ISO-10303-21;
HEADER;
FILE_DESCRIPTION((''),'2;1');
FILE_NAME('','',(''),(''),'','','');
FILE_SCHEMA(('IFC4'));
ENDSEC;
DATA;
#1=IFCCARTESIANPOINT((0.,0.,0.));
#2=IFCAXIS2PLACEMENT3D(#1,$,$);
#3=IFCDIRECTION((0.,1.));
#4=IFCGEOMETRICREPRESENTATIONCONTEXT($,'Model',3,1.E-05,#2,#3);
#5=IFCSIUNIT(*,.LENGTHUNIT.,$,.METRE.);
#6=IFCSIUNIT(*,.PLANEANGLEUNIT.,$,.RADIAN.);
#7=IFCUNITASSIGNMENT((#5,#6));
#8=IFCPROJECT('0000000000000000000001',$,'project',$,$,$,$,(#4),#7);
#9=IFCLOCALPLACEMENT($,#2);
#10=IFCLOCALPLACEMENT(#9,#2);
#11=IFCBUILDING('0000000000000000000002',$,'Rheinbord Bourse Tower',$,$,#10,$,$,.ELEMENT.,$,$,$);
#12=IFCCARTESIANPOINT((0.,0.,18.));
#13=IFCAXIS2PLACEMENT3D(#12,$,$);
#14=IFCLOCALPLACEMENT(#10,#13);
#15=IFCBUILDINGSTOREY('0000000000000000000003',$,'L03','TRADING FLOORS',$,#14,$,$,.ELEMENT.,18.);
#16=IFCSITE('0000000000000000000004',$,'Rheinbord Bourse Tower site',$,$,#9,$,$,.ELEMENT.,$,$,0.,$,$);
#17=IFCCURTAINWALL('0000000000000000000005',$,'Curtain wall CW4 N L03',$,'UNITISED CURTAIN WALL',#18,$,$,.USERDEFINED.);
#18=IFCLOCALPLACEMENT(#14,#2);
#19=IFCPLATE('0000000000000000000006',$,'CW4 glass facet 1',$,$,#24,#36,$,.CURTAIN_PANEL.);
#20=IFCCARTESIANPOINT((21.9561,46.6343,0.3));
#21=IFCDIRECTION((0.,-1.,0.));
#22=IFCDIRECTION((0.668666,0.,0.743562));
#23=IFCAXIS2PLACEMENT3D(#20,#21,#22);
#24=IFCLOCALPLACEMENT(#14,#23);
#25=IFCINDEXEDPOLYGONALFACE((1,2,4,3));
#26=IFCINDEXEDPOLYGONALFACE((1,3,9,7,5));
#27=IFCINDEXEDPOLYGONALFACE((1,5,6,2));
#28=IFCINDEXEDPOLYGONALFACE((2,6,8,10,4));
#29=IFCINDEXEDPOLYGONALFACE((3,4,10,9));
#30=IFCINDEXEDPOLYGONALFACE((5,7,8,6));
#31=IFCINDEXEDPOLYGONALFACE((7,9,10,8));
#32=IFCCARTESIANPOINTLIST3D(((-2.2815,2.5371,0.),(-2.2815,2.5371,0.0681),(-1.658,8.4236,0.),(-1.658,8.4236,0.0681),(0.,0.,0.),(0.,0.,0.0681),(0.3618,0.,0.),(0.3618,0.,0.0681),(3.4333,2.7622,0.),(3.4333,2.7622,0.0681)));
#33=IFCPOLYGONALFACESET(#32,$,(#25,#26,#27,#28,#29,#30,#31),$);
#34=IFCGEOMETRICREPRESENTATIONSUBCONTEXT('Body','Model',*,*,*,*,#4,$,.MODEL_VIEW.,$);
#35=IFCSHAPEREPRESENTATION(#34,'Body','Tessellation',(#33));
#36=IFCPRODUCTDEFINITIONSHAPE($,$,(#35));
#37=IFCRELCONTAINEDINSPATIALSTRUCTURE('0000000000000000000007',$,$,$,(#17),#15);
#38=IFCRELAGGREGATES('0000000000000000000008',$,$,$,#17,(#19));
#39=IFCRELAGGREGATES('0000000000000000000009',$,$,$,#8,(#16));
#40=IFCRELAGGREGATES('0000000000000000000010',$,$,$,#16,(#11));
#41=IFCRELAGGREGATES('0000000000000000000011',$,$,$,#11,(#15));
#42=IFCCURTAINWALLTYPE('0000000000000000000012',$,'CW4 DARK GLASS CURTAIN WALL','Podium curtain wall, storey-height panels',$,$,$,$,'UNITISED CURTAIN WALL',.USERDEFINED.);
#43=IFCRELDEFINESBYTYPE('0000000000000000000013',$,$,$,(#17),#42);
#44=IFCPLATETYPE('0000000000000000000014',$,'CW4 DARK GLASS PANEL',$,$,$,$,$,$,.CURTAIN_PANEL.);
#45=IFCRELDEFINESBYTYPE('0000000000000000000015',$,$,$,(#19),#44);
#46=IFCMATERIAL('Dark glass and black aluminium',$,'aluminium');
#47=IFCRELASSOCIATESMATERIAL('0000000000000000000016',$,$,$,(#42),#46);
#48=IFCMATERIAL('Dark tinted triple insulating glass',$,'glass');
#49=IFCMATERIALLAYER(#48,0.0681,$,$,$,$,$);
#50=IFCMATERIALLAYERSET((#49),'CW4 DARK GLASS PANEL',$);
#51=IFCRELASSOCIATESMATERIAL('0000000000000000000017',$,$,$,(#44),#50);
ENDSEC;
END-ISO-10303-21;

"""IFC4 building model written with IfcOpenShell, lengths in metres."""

from ifc_helpers import new_model, si_unit, direction, frame, origin, place, context, subcontext, project, spatial, polyline, outline, extrude, material, layer, layer_set, type_object, element, aggregate, save


model = new_model("IFC4")

# Units and contexts
model_context = context("Model", 3, precision=1e-05, world=origin(), true_north=direction((0.0, 1.0)))
body_context = subcontext(model_context, "Body", "Model", "MODEL_VIEW")
ifc_project = project(units=[si_unit("LENGTHUNIT", "METRE"), si_unit("PLANEANGLEUNIT", "RADIAN")], contexts=[model_context])

# Site, building, storey
site_placement = place(None, origin())
site = spatial("IfcSite", under=ifc_project, at=site_placement, Name="Rheinbord Bourse Tower site", CompositionType="ELEMENT", RefElevation=0.0)
building_placement = place(site_placement, origin())
building = spatial("IfcBuilding", under=site, at=building_placement, Name="Rheinbord Bourse Tower", CompositionType="ELEMENT")
storey_placement = place(building_placement, frame((0.0, 0.0, 18.0)))
storey = spatial("IfcBuildingStorey", under=building, at=storey_placement, Name="L03", Description="TRADING FLOORS", CompositionType="ELEMENT", Elevation=18.0)

# Curtain wall
ifc_material_1 = material(Name="Dark glass and black aluminium", Category="aluminium")
curtain_wall_type = type_object("IfcCurtainWallType", Name="CW4 DARK GLASS CURTAIN WALL", Description="Podium curtain wall, storey-height panels", ElementType="UNITISED CURTAIN WALL", PredefinedType="USERDEFINED", material=ifc_material_1)
curtain_wall_placement = place(storey_placement, origin())
curtain_wall = element("IfcCurtainWall", 1, at=curtain_wall_placement, inside=storey, type_object=curtain_wall_type, Name="Curtain wall CW4 N L03", ObjectType="UNITISED CURTAIN WALL", PredefinedType="USERDEFINED")

# Plate
ifc_material_2 = material(Name="Dark tinted triple insulating glass", Category="glass")
ifc_layer_1 = layer(ifc_material_2, 0.0681)
ifc_layer_set_1 = layer_set([ifc_layer_1], Name="CW4 DARK GLASS PANEL")
plate_type = type_object("IfcPlateType", Name="CW4 DARK GLASS PANEL", PredefinedType="CURTAIN_PANEL", material=ifc_layer_set_1)
plate_1_placement = place(storey_placement, frame((21.9561, 46.6343, 0.3), z_axis=(0.0, -1.0, 0.0), x_axis=(0.668666, 0.0, 0.743562)))
plate_1 = element("IfcPlate", 2, at=plate_1_placement, type_object=plate_type, Name="CW4 glass facet 1", PredefinedType="CURTAIN_PANEL", context=body_context, shape_type="SweptSolid", body=[
    extrude(outline(polyline([(0.0, 0.0), (0.3618, 0.0), (3.4333, 2.7622), (-1.658, 8.4236), (-2.2815, 2.5371), (0.0, 0.0)])), origin(), (0.0, 0.0, 1.0), 0.0681),
])
aggregate(curtain_wall, [plate_1])

save(model, "model.ifc")
